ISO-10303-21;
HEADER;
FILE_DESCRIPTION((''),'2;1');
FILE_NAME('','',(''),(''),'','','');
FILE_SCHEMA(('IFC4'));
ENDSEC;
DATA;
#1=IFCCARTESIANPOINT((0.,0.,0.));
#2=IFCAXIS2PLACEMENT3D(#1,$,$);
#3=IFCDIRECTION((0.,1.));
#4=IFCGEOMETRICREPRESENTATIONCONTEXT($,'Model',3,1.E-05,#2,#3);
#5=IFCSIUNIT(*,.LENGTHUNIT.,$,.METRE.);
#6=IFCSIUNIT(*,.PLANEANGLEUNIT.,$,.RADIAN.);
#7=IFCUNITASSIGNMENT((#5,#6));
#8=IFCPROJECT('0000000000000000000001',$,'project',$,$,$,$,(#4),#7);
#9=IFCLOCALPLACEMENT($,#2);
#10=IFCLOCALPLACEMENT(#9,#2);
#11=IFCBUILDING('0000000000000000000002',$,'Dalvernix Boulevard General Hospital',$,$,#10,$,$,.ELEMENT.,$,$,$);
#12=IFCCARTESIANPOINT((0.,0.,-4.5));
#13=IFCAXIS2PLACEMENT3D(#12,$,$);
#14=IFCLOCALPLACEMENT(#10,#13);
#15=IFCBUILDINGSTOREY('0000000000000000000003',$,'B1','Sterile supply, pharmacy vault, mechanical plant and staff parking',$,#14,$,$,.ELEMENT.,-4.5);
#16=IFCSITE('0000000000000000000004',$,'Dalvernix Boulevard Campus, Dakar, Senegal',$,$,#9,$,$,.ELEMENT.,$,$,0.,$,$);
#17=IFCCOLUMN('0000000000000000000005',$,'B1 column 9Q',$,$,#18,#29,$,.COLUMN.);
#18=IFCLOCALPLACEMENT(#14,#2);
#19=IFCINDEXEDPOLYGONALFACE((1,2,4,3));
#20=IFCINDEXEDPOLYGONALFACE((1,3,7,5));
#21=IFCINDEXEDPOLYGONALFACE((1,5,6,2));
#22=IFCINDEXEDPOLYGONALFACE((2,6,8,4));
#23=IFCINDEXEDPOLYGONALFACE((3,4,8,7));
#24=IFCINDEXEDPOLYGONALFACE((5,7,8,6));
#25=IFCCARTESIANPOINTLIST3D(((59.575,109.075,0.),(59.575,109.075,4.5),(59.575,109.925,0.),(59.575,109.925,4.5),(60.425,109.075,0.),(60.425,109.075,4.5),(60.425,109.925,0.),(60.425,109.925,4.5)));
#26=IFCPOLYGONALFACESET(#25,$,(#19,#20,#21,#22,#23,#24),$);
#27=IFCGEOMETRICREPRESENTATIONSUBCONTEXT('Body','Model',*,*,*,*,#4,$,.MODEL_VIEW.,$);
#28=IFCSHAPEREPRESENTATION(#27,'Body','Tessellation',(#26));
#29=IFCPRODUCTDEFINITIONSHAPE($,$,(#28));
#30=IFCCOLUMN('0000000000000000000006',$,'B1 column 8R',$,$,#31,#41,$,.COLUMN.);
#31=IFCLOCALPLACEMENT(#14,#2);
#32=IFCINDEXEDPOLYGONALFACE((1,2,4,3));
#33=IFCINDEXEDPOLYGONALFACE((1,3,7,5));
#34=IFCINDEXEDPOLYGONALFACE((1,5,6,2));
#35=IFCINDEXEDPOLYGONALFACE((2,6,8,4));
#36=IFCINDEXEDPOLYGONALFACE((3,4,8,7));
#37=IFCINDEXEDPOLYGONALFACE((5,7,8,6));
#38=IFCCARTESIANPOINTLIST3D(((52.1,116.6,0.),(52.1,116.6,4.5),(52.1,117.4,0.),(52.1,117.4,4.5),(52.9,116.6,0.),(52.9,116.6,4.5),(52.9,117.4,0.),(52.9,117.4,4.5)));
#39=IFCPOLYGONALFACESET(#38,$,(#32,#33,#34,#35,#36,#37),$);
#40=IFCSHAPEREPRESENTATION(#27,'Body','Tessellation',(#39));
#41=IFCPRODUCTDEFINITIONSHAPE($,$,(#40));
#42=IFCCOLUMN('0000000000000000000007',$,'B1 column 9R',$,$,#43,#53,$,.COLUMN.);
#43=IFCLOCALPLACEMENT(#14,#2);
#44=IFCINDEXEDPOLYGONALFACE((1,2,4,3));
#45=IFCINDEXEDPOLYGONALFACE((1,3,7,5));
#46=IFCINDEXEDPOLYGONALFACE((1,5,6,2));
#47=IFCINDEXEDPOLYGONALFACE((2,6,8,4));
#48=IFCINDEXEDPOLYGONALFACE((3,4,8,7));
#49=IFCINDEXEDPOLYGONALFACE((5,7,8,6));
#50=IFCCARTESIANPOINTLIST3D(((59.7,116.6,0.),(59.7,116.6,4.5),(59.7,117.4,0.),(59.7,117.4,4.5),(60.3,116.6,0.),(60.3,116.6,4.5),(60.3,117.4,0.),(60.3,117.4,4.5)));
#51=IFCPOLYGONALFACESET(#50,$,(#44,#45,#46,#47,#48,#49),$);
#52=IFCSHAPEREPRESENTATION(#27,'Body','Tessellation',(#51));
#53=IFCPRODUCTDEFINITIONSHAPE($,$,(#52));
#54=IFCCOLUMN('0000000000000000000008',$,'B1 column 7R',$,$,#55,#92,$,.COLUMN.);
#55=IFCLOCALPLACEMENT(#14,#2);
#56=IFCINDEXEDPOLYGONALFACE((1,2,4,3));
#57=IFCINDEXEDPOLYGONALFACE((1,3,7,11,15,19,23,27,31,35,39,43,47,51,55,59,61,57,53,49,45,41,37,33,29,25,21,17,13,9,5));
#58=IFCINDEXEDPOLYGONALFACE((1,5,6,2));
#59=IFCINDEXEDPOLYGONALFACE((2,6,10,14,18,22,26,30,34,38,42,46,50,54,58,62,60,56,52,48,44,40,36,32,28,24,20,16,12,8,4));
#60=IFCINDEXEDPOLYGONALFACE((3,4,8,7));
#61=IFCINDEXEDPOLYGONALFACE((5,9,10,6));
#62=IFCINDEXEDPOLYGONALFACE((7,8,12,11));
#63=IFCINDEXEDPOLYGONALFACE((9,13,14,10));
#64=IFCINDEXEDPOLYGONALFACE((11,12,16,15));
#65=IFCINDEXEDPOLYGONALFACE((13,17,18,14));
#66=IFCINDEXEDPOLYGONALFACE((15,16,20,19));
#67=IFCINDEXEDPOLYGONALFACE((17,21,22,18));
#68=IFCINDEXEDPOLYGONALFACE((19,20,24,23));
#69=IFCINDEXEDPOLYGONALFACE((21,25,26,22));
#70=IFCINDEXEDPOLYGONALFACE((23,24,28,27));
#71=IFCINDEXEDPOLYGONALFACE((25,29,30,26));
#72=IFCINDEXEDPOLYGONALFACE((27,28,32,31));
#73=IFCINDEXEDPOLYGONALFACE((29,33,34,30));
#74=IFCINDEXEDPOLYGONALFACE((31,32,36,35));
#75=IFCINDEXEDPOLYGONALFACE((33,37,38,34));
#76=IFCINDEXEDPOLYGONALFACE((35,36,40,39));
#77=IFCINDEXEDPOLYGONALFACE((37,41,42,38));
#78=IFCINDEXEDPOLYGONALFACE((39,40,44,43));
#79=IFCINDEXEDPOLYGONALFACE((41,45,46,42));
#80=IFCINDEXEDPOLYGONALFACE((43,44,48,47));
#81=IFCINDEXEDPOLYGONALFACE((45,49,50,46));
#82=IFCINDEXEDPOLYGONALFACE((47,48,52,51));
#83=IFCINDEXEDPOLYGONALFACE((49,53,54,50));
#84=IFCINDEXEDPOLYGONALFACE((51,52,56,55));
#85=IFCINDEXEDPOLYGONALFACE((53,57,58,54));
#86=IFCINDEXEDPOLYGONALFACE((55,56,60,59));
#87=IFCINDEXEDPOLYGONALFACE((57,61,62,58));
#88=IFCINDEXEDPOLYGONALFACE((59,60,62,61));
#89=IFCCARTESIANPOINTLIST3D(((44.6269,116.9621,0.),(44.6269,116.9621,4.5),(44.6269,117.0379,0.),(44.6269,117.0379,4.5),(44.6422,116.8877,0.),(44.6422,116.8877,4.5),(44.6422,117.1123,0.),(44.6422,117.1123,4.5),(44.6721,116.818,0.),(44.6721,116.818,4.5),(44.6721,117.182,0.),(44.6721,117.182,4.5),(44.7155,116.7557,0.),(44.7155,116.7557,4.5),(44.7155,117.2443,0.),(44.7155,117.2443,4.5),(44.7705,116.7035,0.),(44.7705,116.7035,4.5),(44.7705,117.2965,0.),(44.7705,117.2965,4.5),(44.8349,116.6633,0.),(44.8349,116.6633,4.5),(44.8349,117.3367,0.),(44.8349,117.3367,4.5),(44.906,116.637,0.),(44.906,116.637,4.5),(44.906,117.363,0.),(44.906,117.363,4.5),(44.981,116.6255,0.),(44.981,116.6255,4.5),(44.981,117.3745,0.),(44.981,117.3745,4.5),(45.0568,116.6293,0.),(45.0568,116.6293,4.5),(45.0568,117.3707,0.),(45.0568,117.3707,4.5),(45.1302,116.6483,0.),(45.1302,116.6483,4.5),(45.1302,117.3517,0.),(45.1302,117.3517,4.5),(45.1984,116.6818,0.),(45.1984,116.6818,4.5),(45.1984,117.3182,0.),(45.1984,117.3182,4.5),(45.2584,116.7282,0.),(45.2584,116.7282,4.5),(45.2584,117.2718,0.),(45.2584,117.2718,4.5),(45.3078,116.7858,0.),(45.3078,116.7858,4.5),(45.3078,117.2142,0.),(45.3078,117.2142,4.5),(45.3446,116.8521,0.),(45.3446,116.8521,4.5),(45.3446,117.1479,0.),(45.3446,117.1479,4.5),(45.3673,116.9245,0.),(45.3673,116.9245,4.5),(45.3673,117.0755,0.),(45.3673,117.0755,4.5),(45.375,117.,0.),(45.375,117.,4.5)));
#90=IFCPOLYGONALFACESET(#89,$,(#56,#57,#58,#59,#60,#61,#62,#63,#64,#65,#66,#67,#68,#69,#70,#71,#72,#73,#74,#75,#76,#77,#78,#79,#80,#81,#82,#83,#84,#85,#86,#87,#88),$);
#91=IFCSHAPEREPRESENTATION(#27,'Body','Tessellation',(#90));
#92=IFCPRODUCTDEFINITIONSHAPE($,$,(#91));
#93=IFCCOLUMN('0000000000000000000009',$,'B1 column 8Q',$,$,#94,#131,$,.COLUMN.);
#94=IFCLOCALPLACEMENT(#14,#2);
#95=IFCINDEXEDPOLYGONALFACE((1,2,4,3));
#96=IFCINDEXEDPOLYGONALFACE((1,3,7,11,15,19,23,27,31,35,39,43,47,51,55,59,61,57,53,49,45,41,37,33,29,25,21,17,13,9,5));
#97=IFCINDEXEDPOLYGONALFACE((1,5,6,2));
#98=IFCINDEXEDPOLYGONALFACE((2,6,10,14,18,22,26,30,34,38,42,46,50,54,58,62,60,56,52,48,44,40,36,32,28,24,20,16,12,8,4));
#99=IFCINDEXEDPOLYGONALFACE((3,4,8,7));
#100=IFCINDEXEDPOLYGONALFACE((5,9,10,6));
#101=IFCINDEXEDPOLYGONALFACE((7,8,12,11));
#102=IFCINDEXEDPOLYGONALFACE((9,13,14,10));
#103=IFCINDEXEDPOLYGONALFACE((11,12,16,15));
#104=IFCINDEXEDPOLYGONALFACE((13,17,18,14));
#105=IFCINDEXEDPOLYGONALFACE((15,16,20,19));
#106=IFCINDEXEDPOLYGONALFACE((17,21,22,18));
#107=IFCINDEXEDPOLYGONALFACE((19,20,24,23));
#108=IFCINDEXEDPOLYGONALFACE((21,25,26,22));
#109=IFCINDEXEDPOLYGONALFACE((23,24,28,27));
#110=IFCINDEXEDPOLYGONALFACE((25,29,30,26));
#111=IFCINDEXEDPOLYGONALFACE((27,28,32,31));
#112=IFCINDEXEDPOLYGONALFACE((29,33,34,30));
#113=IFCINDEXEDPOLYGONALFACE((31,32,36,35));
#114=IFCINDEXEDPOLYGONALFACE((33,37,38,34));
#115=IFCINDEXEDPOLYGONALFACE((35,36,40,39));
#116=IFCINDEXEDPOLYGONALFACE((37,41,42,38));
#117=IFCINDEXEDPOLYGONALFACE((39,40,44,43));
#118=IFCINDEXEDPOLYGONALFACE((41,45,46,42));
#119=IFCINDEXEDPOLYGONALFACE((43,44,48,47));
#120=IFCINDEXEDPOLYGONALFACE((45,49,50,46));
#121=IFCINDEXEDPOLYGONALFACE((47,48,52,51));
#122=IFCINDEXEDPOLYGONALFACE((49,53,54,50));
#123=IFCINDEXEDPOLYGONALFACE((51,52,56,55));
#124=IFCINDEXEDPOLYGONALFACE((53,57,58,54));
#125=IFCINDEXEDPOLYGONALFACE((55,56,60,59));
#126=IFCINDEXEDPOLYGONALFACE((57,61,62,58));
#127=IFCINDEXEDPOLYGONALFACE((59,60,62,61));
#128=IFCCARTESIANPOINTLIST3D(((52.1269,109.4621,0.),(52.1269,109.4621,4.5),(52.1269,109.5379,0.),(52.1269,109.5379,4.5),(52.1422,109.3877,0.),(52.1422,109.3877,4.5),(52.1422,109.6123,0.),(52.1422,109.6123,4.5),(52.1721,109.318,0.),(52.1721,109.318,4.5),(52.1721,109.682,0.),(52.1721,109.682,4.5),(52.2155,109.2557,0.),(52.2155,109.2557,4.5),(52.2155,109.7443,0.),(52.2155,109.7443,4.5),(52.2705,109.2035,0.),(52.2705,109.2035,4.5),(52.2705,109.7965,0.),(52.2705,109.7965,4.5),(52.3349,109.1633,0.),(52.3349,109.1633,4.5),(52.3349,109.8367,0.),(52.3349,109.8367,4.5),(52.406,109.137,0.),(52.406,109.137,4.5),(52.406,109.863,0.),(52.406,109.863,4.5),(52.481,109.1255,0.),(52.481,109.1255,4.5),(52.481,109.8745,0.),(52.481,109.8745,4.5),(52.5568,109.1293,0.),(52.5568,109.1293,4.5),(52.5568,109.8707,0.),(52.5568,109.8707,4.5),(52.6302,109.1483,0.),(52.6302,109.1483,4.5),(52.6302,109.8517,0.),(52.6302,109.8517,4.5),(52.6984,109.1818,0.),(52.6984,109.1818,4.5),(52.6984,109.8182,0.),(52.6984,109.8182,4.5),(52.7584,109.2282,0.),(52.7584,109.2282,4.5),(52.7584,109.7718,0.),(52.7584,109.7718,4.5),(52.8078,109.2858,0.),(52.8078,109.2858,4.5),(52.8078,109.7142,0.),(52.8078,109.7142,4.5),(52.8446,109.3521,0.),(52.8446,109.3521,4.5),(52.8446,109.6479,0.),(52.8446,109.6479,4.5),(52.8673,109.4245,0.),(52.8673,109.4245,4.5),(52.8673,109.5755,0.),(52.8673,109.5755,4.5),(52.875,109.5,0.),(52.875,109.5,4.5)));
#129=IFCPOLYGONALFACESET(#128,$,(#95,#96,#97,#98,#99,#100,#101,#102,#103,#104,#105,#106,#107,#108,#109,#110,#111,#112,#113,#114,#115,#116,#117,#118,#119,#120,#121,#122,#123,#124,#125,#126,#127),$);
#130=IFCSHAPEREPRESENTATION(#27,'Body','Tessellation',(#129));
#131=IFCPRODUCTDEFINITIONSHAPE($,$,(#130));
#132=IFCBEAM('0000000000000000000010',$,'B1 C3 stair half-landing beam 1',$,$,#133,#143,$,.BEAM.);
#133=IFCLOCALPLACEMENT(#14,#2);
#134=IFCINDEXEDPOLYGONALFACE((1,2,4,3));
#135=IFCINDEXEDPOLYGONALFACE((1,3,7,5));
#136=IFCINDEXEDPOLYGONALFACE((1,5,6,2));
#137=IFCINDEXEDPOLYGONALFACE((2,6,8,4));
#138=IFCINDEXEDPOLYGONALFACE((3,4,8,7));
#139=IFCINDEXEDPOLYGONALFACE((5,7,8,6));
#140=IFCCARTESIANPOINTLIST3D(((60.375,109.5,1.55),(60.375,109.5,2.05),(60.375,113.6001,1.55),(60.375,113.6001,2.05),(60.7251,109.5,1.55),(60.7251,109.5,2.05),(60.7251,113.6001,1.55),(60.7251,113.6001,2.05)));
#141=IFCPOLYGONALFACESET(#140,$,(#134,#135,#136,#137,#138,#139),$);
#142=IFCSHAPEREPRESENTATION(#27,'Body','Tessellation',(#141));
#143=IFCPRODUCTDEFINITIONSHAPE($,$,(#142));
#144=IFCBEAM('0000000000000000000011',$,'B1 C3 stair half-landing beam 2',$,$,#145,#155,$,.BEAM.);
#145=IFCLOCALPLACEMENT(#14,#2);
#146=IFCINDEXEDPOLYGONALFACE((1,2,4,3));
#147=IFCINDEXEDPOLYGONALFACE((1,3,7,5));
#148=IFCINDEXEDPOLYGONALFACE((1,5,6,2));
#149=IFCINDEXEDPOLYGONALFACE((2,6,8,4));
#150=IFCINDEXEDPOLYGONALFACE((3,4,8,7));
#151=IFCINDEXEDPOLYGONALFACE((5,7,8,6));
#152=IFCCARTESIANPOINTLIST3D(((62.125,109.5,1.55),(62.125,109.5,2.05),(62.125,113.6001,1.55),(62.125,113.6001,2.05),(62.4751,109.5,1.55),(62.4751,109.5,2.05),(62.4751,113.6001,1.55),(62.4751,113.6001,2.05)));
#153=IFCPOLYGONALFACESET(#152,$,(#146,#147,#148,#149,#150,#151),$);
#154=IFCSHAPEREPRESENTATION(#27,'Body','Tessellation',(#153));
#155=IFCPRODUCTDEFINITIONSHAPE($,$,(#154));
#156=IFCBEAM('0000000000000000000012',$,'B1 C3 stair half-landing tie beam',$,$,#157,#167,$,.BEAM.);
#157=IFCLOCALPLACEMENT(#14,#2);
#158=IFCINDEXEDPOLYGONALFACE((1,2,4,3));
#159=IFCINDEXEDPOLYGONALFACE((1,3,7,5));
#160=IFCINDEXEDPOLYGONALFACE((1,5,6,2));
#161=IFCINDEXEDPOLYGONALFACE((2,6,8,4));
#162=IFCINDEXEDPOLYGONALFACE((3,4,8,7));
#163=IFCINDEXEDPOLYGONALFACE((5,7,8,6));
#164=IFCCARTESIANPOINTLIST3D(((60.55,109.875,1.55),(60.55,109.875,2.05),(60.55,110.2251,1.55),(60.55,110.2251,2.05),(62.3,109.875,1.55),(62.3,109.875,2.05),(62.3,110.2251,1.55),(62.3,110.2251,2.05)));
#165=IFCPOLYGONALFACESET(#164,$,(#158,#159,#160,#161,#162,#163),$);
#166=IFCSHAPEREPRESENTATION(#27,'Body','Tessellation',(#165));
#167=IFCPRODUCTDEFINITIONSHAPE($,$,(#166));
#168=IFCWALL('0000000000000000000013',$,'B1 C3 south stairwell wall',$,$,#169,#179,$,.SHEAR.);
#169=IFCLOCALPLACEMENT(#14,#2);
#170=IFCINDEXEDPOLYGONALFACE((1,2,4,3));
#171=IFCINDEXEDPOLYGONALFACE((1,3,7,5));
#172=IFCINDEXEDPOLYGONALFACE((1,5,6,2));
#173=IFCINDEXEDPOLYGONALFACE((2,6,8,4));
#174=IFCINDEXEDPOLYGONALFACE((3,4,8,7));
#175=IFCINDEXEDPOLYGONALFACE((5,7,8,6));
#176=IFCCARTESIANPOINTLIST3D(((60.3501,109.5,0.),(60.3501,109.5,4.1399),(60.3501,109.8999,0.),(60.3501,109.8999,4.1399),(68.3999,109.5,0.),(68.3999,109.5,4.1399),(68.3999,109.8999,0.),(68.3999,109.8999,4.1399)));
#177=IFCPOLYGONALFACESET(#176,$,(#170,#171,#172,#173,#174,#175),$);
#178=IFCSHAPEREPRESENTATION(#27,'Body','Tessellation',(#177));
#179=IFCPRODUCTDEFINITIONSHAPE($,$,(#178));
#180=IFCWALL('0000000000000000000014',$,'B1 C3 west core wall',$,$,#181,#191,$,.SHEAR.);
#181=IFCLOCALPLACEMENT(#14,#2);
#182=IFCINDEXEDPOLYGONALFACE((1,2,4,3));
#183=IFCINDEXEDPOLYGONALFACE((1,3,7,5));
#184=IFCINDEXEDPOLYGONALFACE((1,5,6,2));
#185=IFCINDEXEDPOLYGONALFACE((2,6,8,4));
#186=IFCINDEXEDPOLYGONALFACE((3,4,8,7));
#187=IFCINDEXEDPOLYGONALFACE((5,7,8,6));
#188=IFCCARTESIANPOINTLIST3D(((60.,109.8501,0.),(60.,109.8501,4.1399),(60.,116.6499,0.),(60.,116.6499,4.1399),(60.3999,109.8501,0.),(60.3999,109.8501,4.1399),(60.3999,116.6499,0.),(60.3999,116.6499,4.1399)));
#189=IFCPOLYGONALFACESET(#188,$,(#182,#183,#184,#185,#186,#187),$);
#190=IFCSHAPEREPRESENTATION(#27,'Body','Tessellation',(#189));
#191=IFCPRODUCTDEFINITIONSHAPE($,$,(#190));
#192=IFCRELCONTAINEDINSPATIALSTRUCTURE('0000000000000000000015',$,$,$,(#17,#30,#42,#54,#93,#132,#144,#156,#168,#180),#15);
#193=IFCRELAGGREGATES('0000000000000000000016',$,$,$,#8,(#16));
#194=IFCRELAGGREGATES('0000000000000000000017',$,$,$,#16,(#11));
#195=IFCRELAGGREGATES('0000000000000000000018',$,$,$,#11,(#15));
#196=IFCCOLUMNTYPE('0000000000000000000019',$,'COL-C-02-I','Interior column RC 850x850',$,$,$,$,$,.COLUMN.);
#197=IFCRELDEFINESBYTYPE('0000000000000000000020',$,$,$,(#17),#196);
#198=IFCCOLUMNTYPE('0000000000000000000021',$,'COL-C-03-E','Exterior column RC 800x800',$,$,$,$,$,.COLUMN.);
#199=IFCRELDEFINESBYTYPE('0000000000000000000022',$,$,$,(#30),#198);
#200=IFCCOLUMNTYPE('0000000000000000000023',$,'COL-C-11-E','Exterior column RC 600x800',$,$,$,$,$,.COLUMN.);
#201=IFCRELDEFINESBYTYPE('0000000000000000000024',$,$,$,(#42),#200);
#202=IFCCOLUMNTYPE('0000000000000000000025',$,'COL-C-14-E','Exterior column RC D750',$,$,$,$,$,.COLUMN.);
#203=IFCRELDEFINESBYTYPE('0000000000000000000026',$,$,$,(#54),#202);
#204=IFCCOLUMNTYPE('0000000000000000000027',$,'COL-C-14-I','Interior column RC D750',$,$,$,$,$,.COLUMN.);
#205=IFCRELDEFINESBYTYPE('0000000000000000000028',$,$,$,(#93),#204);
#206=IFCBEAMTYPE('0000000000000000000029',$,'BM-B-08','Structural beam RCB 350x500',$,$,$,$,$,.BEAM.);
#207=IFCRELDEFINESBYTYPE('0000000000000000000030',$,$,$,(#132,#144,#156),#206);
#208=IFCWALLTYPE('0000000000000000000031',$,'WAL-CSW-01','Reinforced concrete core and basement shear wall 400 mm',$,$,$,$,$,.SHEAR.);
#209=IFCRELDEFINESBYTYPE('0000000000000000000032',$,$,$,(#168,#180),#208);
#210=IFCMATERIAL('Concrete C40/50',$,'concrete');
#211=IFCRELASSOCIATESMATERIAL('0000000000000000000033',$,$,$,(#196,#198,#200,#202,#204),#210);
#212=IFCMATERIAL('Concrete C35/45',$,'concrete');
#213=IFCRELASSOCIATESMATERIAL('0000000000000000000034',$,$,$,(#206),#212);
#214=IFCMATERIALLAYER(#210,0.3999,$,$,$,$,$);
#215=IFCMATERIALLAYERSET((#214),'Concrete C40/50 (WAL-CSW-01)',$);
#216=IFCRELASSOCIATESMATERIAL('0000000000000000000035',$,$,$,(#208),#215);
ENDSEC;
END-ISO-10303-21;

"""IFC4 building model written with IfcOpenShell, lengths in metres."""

from ifc_helpers import new_model, si_unit, direction, frame, frame_2d, origin, origin_2d, place, context, subcontext, project, spatial, rectangle, circle, extrude, material, layer, layer_set, material_profile, profile_set, type_object, element, save


model = new_model("IFC4")

# Units and contexts
model_context = context("Model", 3, precision=1e-05, world=origin(), true_north=direction((0.0, 1.0)))
body_context = subcontext(model_context, "Body", "Model", "MODEL_VIEW")
ifc_project = project(units=[si_unit("LENGTHUNIT", "METRE"), si_unit("PLANEANGLEUNIT", "RADIAN")], contexts=[model_context])

# Site, building, storey
site_placement = place(None, origin())
site = spatial("IfcSite", under=ifc_project, at=site_placement, Name="Dalvernix Boulevard Campus, Dakar, Senegal", CompositionType="ELEMENT", RefElevation=0.0)
building_placement = place(site_placement, origin())
building = spatial("IfcBuilding", under=site, at=building_placement, Name="Dalvernix Boulevard General Hospital", CompositionType="ELEMENT")
storey_placement = place(building_placement, frame((0.0, 0.0, -4.5)))
storey = spatial("IfcBuildingStorey", under=building, at=storey_placement, Name="B1", Description="Sterile supply, pharmacy vault, mechanical plant and staff parking", CompositionType="ELEMENT", Elevation=-4.5)

# Shared definitions
ifc_material_1 = material(Name="Concrete C35/45", Category="concrete")
ifc_material_2 = material(Name="Concrete C40/50", Category="concrete")

# Columns
ifc_material_profile_1 = material_profile(ifc_material_2, rectangle(XDim=0.8501, YDim=0.8501, at=origin_2d()), Name="RC 850x850")
ifc_profile_set_1 = profile_set([ifc_material_profile_1], Name="Concrete C40/50")
column_type_1 = type_object("IfcColumnType", Name="COL-C-02-I", Description="Interior column RC 850x850", PredefinedType="COLUMN", material=ifc_profile_set_1)
column_1_placement = place(storey_placement, frame((60.0, 109.5, 0.0), z_axis=(0.0, 0.0, 1.0), x_axis=(1.0, 0.0, 0.0)))
element("IfcColumn", 1, at=column_1_placement, inside=storey, type_object=column_type_1, Name="B1 column 9Q", PredefinedType="COLUMN", context=body_context, shape_type="SweptSolid", body=[
    extrude(rectangle(XDim=0.8501, YDim=0.8501, at=origin_2d()), origin(), (0.0, 0.0, 1.0), 4.5),
])
ifc_material_profile_2 = material_profile(ifc_material_2, rectangle(XDim=0.8, YDim=0.8, at=origin_2d()), Name="RC 800x800")
ifc_profile_set_2 = profile_set([ifc_material_profile_2], Name="Concrete C40/50")
column_type_2 = type_object("IfcColumnType", Name="COL-C-03-E", Description="Exterior column RC 800x800", PredefinedType="COLUMN", material=ifc_profile_set_2)
column_2_placement = place(storey_placement, frame((52.5, 117.0, 0.0), z_axis=(0.0, 0.0, 1.0), x_axis=(1.0, 0.0, 0.0)))
element("IfcColumn", 2, at=column_2_placement, inside=storey, type_object=column_type_2, Name="B1 column 8R", PredefinedType="COLUMN", context=body_context, shape_type="SweptSolid", body=[
    extrude(rectangle(XDim=0.8, YDim=0.8, at=origin_2d()), origin(), (0.0, 0.0, 1.0), 4.5),
])
ifc_material_profile_3 = material_profile(ifc_material_2, rectangle(XDim=0.6001, YDim=0.8, at=origin_2d()), Name="RC 600x800")
ifc_profile_set_3 = profile_set([ifc_material_profile_3], Name="Concrete C40/50")
column_type_3 = type_object("IfcColumnType", Name="COL-C-11-E", Description="Exterior column RC 600x800", PredefinedType="COLUMN", material=ifc_profile_set_3)
column_3_placement = place(storey_placement, frame((60.0, 117.0, 0.0), z_axis=(0.0, 0.0, 1.0), x_axis=(1.0, 0.0, 0.0)))
element("IfcColumn", 3, at=column_3_placement, inside=storey, type_object=column_type_3, Name="B1 column 9R", PredefinedType="COLUMN", context=body_context, shape_type="SweptSolid", body=[
    extrude(rectangle(XDim=0.6001, YDim=0.8, at=origin_2d()), origin(), (0.0, 0.0, 1.0), 4.5),
])
ifc_material_profile_4 = material_profile(ifc_material_2, circle(Radius=0.375, at=origin_2d()), Name="RC D750")
ifc_profile_set_4 = profile_set([ifc_material_profile_4], Name="Concrete C40/50")
column_type_4 = type_object("IfcColumnType", Name="COL-C-14-E", Description="Exterior column RC D750", PredefinedType="COLUMN", material=ifc_profile_set_4)
column_4_placement = place(storey_placement, frame((45.0, 117.0, 0.0), z_axis=(0.0, 0.0, 1.0), x_axis=(1.0, 0.0, 0.0)))
element("IfcColumn", 4, at=column_4_placement, inside=storey, type_object=column_type_4, Name="B1 column 7R", PredefinedType="COLUMN", context=body_context, shape_type="SweptSolid", body=[
    extrude(circle(Radius=0.375, at=origin_2d()), origin(), (0.0, 0.0, 1.0), 4.5),
])
ifc_material_profile_5 = material_profile(ifc_material_2, circle(Radius=0.375, at=origin_2d()), Name="RC D750")
ifc_profile_set_5 = profile_set([ifc_material_profile_5], Name="Concrete C40/50")
column_type_5 = type_object("IfcColumnType", Name="COL-C-14-I", Description="Interior column RC D750", PredefinedType="COLUMN", material=ifc_profile_set_5)
column_5_placement = place(storey_placement, frame((52.5, 109.5, 0.0), z_axis=(0.0, 0.0, 1.0), x_axis=(1.0, 0.0, 0.0)))
element("IfcColumn", 5, at=column_5_placement, inside=storey, type_object=column_type_5, Name="B1 column 8Q", PredefinedType="COLUMN", context=body_context, shape_type="SweptSolid", body=[
    extrude(circle(Radius=0.375, at=origin_2d()), origin(), (0.0, 0.0, 1.0), 4.5),
])

# Beams
ifc_material_profile_6 = material_profile(ifc_material_1, rectangle(XDim=0.3501, YDim=0.5, at=origin_2d()), Name="RCB 350x500")
ifc_profile_set_6 = profile_set([ifc_material_profile_6], Name="Concrete C35/45")
beam_type = type_object("IfcBeamType", Name="BM-B-08", Description="Structural beam RCB 350x500", PredefinedType="BEAM", material=ifc_profile_set_6)
for number, where, z_axis, x_axis, name in (
    (6, (60.55, 109.5, 1.8), (0.0, 1.0, 0.0), (-1.0, 0.0, 0.0), "B1 C3 stair half-landing beam 1"),
    (7, (62.3, 109.5, 1.8), (0.0, 1.0, 0.0), (-1.0, 0.0, 0.0), "B1 C3 stair half-landing beam 2"),
):
    element("IfcBeam", number, at=place(storey_placement, frame(where, z_axis=z_axis, x_axis=x_axis)), inside=storey, type_object=beam_type, Name=name, PredefinedType="BEAM", context=body_context, shape_type="SweptSolid", body=[
        extrude(rectangle(XDim=0.3501, YDim=0.5, at=origin_2d()), origin(), (0.0, 0.0, 1.0), 4.1001),
    ])
beam_placement = place(storey_placement, frame((60.55, 110.05, 1.8), z_axis=(1.0, 0.0, 0.0), x_axis=(0.0, 1.0, 0.0)))
element("IfcBeam", 8, at=beam_placement, inside=storey, type_object=beam_type, Name="B1 C3 stair half-landing tie beam", PredefinedType="BEAM", context=body_context, shape_type="SweptSolid", body=[
    extrude(rectangle(XDim=0.3501, YDim=0.5, at=origin_2d()), origin(), (0.0, 0.0, 1.0), 1.75),
])

# Walls
ifc_layer_1 = layer(ifc_material_2, 0.3999)
ifc_layer_set_1 = layer_set([ifc_layer_1], Name="Concrete C40/50 (WAL-CSW-01)")
wall_type_1 = type_object("IfcWallType", Name="WAL-CSW-01", Description="Reinforced concrete core and basement shear wall 400 mm", PredefinedType="SHEAR", material=ifc_layer_set_1)
wall_1_placement = place(storey_placement, frame((60.3501, 109.7, 0.0), z_axis=(0.0, 0.0, 1.0), x_axis=(1.0, 0.0, 0.0)))
element("IfcWall", 9, at=wall_1_placement, inside=storey, type_object=wall_type_1, Name="B1 C3 south stairwell wall", PredefinedType="SHEAR", context=body_context, shape_type="SweptSolid", body=[
    extrude(rectangle(XDim=8.0498, YDim=0.3999, at=frame_2d((4.0249, 0.0))), origin(), (0.0, 0.0, 1.0), 4.1399),
])
wall_2_placement = place(storey_placement, frame((60.2, 109.8501, 0.0), z_axis=(0.0, 0.0, 1.0), x_axis=(0.0, 1.0, 0.0)))
element("IfcWall", 10, at=wall_2_placement, inside=storey, type_object=wall_type_1, Name="B1 C3 west core wall", PredefinedType="SHEAR", context=body_context, shape_type="SweptSolid", body=[
    extrude(rectangle(XDim=6.7998, YDim=0.3999, at=frame_2d((3.3999, 0.0))), origin(), (0.0, 0.0, 1.0), 4.1399),
])

save(model, "model.ifc")
